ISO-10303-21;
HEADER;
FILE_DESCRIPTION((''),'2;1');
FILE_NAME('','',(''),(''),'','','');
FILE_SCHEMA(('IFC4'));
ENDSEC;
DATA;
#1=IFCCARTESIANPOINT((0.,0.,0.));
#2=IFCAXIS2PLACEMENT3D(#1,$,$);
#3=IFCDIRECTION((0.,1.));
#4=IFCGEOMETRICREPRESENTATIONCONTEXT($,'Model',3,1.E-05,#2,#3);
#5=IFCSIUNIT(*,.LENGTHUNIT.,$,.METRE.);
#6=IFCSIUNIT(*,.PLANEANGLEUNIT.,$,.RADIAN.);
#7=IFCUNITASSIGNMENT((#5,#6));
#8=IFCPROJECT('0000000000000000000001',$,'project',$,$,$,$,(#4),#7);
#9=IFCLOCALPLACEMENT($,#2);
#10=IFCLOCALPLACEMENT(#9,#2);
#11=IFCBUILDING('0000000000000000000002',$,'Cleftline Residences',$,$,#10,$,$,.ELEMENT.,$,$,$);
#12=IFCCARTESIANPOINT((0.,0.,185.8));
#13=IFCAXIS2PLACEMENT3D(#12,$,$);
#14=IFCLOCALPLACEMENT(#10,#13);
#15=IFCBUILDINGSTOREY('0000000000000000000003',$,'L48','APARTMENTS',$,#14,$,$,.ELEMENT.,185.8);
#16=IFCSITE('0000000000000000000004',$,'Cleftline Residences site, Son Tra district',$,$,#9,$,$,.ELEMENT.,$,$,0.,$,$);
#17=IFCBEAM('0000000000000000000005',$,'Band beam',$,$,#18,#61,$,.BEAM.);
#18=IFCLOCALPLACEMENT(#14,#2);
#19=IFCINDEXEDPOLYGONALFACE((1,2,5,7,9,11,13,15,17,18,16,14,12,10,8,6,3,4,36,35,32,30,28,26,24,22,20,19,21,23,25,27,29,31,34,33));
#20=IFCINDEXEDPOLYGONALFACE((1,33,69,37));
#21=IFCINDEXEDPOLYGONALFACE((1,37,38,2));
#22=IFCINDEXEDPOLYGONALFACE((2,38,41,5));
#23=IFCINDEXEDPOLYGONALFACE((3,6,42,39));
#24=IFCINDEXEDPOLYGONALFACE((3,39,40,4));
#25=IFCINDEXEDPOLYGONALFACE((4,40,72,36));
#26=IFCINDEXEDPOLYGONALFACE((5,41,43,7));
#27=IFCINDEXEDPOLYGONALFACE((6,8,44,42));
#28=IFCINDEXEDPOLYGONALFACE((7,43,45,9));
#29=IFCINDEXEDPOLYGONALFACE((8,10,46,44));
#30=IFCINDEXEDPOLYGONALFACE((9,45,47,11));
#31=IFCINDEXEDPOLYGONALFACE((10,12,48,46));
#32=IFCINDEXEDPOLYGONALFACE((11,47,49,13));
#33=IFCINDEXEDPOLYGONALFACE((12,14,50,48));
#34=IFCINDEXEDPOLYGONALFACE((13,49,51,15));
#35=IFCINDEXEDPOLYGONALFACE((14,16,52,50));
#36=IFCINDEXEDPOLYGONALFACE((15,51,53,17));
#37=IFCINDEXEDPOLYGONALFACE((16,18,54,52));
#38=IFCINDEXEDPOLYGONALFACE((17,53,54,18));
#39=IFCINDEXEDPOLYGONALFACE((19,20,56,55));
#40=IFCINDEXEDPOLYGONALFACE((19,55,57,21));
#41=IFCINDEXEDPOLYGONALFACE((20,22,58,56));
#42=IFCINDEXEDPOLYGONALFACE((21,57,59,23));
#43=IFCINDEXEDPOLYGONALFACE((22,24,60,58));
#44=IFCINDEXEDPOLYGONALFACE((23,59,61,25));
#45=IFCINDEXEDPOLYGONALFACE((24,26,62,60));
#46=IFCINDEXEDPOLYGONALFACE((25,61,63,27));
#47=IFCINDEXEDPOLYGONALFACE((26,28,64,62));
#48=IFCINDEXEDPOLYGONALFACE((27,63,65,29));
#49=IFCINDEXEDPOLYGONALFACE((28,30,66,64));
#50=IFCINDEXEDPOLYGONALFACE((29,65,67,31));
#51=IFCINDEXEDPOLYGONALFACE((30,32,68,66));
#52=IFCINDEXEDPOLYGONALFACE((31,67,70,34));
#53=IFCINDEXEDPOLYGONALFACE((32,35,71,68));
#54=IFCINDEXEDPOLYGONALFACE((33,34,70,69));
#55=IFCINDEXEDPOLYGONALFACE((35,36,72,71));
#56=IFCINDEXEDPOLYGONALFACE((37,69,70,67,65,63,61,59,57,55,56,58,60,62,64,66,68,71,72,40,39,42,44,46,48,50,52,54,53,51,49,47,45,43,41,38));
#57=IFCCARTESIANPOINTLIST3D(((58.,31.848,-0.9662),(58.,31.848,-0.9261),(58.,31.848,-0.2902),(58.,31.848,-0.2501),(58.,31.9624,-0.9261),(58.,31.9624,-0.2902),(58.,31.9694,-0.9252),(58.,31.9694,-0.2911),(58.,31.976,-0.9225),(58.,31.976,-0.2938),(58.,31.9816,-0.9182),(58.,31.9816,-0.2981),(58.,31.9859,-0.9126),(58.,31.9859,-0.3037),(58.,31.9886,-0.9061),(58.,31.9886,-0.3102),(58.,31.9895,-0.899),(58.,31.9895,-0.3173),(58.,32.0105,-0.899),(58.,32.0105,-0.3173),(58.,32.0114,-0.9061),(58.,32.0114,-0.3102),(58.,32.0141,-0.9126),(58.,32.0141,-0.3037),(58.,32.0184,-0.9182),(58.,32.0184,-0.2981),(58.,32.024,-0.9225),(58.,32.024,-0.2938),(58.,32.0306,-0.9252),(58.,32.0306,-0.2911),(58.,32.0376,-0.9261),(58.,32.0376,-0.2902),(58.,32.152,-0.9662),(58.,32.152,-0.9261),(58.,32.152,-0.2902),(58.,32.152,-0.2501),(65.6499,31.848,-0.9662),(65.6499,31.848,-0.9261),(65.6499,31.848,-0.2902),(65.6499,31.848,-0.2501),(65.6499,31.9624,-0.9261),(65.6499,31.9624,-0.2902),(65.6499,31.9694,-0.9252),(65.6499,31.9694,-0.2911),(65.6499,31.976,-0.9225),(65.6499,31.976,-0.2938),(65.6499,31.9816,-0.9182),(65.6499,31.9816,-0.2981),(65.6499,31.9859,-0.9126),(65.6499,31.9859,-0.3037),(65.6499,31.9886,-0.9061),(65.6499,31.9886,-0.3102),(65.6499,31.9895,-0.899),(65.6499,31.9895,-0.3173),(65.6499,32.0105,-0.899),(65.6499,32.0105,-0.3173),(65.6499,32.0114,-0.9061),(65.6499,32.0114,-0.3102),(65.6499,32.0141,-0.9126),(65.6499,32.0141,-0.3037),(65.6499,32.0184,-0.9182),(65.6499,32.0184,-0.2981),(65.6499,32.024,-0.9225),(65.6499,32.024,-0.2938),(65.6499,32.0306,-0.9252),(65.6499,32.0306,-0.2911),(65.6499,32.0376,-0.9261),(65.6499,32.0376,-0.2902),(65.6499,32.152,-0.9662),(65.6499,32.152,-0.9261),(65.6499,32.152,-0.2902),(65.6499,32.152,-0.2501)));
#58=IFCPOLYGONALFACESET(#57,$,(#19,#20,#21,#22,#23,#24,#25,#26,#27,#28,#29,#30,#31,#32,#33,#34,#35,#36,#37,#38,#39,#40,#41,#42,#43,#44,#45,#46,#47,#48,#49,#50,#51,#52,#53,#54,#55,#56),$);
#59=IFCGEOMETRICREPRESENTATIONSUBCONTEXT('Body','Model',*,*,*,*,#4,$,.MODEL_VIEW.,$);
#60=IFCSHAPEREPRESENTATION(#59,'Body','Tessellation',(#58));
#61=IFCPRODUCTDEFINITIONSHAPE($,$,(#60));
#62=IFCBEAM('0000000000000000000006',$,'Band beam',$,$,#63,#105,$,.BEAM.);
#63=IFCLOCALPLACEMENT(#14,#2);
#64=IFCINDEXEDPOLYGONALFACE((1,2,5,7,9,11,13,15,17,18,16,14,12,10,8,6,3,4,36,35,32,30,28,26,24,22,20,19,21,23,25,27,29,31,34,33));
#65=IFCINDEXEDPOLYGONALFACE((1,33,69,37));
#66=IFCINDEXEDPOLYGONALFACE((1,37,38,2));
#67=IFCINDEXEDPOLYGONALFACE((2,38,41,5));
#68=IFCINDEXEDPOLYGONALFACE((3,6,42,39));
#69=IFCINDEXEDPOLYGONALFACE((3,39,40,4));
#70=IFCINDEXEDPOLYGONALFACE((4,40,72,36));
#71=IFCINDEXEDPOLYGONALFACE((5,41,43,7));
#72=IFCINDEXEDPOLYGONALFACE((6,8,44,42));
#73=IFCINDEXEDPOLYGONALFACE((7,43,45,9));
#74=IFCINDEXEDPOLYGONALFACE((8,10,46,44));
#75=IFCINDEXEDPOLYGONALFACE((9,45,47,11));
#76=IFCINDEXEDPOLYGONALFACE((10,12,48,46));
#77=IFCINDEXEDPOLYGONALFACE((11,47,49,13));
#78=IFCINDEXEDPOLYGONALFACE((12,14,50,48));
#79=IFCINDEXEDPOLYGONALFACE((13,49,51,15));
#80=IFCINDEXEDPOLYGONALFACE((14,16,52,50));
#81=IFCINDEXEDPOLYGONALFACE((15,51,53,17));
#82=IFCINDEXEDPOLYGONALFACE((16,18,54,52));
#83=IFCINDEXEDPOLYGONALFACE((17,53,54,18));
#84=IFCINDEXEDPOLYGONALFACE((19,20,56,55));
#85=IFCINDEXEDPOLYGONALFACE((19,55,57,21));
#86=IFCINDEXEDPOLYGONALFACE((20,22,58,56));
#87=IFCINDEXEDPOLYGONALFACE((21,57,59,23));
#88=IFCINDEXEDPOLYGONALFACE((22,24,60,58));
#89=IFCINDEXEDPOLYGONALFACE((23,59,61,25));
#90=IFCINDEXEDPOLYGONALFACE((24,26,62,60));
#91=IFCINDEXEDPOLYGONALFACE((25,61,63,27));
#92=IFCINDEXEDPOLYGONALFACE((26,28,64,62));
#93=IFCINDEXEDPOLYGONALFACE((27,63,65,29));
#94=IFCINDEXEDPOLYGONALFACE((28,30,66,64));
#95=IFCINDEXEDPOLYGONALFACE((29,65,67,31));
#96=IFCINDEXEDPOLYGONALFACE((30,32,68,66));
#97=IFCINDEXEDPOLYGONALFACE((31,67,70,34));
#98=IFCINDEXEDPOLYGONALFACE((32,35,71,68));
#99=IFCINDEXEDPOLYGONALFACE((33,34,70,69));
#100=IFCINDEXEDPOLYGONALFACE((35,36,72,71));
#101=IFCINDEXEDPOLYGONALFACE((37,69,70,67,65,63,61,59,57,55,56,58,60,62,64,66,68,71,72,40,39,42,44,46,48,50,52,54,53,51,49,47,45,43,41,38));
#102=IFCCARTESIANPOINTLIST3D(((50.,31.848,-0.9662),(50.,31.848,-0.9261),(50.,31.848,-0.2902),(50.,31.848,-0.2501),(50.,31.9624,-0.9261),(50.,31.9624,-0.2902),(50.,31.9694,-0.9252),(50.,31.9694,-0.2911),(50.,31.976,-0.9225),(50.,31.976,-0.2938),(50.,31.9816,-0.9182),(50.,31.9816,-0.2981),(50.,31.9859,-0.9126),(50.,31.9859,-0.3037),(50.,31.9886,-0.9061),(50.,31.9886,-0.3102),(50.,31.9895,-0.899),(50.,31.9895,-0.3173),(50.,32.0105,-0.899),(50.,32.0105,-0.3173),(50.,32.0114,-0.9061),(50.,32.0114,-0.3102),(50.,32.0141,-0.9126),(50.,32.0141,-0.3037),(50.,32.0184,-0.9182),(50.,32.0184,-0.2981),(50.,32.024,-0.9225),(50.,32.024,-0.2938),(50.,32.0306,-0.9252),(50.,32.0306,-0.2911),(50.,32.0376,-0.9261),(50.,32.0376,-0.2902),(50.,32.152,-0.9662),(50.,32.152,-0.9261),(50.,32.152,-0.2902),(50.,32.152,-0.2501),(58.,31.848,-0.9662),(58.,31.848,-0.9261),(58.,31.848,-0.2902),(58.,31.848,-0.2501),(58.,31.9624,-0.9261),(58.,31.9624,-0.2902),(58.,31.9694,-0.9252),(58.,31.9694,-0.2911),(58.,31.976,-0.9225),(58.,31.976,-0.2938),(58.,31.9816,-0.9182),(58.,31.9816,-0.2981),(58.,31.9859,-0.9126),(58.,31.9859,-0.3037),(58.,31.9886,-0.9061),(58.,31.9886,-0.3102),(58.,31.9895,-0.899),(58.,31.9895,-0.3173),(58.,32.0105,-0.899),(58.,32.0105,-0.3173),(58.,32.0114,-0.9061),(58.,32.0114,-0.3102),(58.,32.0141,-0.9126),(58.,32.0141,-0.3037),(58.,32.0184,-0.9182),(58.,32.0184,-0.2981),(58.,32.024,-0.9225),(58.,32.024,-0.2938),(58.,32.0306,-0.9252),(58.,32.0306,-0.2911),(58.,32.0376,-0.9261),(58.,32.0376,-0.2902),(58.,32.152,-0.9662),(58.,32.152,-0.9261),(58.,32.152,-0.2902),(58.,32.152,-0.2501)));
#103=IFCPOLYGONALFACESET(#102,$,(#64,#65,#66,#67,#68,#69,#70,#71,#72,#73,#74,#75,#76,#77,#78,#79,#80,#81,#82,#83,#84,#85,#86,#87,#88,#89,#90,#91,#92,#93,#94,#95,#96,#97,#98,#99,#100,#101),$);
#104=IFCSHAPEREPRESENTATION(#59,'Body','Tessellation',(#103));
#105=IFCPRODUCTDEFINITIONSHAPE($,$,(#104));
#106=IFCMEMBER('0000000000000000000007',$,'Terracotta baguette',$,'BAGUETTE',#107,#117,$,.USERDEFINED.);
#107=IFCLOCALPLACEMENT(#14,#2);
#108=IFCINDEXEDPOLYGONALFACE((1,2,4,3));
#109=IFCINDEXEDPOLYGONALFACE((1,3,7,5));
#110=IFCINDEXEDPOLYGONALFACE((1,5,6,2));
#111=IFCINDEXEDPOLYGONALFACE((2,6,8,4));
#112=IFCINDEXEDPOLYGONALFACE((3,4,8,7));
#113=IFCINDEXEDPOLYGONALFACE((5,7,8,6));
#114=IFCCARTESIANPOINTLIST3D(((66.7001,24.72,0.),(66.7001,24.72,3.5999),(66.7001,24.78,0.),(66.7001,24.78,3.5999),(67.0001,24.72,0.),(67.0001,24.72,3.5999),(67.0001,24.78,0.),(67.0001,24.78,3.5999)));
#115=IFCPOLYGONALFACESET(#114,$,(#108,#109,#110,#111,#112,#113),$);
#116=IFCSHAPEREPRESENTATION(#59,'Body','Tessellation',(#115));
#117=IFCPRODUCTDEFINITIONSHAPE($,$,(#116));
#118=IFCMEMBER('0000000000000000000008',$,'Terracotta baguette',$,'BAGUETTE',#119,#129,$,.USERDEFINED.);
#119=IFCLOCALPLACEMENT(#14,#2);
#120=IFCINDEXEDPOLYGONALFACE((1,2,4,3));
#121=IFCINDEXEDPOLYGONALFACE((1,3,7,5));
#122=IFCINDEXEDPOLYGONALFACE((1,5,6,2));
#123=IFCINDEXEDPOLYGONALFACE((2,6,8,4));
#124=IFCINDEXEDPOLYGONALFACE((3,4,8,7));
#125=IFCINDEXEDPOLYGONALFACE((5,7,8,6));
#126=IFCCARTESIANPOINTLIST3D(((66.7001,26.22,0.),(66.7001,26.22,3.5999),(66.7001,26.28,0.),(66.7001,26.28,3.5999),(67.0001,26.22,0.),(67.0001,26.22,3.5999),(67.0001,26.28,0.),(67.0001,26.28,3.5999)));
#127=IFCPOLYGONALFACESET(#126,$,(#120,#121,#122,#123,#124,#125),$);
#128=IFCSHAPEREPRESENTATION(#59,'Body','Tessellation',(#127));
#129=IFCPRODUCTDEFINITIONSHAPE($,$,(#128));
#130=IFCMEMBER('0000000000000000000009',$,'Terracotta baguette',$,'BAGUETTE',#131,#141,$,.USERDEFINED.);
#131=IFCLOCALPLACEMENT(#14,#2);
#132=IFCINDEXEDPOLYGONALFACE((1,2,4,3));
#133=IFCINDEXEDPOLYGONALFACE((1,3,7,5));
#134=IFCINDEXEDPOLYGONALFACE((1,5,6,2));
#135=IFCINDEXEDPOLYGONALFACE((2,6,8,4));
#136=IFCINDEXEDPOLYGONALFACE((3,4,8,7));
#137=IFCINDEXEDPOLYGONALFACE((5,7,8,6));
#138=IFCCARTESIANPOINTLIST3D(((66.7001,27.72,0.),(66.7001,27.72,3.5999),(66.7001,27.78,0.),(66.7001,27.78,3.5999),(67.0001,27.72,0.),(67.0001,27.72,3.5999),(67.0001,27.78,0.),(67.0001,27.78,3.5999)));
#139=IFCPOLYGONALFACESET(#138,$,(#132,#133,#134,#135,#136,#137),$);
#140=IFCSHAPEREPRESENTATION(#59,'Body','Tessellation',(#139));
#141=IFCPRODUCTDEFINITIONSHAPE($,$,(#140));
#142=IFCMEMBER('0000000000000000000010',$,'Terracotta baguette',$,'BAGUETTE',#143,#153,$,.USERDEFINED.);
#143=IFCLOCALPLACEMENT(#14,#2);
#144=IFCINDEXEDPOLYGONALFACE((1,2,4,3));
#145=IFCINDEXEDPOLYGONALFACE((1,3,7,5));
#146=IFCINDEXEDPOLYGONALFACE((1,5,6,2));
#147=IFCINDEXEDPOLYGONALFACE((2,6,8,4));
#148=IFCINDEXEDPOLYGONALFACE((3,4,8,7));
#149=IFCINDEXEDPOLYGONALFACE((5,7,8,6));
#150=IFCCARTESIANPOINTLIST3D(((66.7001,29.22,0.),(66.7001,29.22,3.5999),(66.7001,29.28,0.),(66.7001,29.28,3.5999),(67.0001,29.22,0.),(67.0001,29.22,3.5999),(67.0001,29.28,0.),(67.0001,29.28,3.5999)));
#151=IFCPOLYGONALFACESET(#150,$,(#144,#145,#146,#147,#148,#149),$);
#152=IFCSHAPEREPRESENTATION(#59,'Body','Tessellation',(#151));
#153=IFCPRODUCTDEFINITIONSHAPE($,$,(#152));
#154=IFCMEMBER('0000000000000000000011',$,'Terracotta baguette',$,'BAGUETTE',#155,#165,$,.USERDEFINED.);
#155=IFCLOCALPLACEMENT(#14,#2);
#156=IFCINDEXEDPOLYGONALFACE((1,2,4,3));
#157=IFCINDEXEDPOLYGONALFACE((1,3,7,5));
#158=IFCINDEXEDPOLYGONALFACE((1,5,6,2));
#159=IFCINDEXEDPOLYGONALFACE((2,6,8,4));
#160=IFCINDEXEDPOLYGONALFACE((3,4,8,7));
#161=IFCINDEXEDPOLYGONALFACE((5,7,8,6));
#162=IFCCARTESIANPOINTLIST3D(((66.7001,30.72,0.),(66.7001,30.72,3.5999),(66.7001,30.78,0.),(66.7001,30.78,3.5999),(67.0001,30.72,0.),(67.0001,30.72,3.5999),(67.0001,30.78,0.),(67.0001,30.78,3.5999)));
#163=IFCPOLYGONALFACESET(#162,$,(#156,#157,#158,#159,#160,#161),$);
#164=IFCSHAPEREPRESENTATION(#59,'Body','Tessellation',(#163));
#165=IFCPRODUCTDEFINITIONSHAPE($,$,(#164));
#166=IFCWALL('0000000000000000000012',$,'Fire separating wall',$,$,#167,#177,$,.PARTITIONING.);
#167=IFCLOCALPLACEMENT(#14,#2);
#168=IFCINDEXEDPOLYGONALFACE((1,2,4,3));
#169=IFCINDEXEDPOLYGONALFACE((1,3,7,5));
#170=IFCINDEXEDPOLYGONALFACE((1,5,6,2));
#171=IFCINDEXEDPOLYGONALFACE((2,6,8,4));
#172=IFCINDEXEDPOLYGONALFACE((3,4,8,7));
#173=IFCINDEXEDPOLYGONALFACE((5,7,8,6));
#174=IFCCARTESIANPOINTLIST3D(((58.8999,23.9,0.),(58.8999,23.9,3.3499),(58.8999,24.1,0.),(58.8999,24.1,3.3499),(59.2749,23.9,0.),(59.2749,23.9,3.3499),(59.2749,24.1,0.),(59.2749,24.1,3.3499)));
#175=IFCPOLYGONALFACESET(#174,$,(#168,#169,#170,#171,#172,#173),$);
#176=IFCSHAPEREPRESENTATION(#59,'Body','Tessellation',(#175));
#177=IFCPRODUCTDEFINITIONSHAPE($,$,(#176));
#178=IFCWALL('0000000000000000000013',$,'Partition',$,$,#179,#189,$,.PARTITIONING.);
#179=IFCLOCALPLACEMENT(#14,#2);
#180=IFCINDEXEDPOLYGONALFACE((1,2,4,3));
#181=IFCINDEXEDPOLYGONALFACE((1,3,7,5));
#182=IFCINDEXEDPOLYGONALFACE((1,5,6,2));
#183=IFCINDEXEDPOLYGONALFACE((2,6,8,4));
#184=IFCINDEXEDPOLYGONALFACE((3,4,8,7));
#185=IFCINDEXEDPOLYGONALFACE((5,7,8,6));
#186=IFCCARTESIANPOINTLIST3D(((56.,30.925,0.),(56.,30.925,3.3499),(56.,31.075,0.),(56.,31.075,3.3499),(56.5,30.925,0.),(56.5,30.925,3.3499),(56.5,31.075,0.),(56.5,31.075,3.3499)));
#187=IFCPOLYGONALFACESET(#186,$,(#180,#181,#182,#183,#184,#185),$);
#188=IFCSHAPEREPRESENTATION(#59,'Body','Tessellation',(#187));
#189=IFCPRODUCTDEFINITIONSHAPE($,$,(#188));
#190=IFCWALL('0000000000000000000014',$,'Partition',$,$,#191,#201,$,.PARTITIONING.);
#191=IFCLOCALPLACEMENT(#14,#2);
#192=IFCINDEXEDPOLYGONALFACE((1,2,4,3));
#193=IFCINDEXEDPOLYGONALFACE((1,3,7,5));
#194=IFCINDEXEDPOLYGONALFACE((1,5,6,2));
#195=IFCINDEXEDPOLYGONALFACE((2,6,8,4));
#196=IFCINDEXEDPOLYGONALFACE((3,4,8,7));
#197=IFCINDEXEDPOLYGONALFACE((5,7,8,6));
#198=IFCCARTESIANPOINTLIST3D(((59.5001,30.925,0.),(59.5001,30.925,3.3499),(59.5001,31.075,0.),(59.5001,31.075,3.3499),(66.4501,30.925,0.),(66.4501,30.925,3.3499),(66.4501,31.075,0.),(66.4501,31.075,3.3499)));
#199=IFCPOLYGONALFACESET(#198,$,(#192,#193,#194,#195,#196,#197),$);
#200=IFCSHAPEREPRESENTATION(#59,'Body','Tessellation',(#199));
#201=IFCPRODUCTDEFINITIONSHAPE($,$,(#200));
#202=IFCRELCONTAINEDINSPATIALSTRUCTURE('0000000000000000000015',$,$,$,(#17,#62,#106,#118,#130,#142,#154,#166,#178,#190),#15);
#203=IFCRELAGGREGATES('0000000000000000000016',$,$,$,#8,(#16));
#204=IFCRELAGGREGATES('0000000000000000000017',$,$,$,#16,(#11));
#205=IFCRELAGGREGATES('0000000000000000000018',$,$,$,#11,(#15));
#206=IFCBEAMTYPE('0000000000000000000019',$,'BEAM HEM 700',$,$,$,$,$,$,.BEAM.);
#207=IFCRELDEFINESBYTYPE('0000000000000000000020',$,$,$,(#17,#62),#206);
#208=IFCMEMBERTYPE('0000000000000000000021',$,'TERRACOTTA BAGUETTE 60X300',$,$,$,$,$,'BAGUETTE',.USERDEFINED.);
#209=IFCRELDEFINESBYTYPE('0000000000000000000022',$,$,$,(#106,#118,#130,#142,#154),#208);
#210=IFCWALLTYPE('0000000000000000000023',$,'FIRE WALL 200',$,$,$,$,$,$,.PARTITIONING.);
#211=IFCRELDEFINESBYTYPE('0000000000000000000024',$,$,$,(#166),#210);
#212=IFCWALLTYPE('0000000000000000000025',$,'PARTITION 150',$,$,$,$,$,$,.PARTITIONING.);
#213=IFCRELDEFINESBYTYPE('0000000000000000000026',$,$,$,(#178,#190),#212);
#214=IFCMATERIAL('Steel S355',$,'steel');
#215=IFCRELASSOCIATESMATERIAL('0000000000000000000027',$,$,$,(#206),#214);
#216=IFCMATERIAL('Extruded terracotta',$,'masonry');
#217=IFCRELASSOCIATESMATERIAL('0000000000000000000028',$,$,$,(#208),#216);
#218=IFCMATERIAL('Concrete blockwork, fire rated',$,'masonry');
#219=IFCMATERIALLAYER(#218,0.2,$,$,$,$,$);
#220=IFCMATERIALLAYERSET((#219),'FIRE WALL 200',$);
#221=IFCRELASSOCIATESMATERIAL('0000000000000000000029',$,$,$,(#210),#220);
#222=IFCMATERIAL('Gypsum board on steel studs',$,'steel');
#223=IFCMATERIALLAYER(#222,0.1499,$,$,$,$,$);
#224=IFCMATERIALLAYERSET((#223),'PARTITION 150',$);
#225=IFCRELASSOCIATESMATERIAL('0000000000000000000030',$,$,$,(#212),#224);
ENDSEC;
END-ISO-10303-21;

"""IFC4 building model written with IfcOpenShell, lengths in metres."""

from ifc_helpers import new_model, si_unit, direction, frame, frame_2d, origin, origin_2d, place, context, subcontext, project, spatial, rectangle, i_section, extrude, material, layer, layer_set, material_profile, profile_set, type_object, element, save


model = new_model("IFC4")

# Units and contexts
model_context = context("Model", 3, precision=1e-05, world=origin(), true_north=direction((0.0, 1.0)))
body_context = subcontext(model_context, "Body", "Model", "MODEL_VIEW")
ifc_project = project(units=[si_unit("LENGTHUNIT", "METRE"), si_unit("PLANEANGLEUNIT", "RADIAN")], contexts=[model_context])

# Site, building, storey
site_placement = place(None, origin())
site = spatial("IfcSite", under=ifc_project, at=site_placement, Name="Cleftline Residences site, Son Tra district", CompositionType="ELEMENT", RefElevation=0.0)
building_placement = place(site_placement, origin())
building = spatial("IfcBuilding", under=site, at=building_placement, Name="Cleftline Residences", CompositionType="ELEMENT")
storey_placement = place(building_placement, frame((0.0, 0.0, 185.8)))
storey = spatial("IfcBuildingStorey", under=building, at=storey_placement, Name="L48", Description="APARTMENTS", CompositionType="ELEMENT", Elevation=185.8)

# Beams
ifc_material_1 = material(Name="Steel S355", Category="steel")
ifc_material_profile_1 = material_profile(ifc_material_1, i_section(OverallWidth=0.304, OverallDepth=0.7161, WebThickness=0.021, FlangeThickness=0.04, FilletRadius=0.0271, at=origin_2d()))
ifc_profile_set_1 = profile_set([ifc_material_profile_1], Name="Steel S355")
beam_type_1 = type_object("IfcBeamType", Name="BEAM HEM 700", PredefinedType="BEAM", material=ifc_profile_set_1)
beam_1_placement = place(storey_placement, frame((65.6499, 32.0, -0.6082), z_axis=(-1.0, 0.0, 0.0), x_axis=(0.0, -1.0, 0.0)))
element("IfcBeam", 1, at=beam_1_placement, inside=storey, type_object=beam_type_1, Name="Band beam", PredefinedType="BEAM", context=body_context, shape_type="SweptSolid", body=[
    extrude(i_section(OverallWidth=0.304, OverallDepth=0.7161, WebThickness=0.021, FlangeThickness=0.04, FilletRadius=0.0271, at=origin_2d()), origin(), (0.0, 0.0, 1.0), 7.6499),
])
beam_2_placement = place(storey_placement, frame((58.0, 32.0, -0.6082), z_axis=(-1.0, 0.0, 0.0), x_axis=(0.0, -1.0, 0.0)))
element("IfcBeam", 2, at=beam_2_placement, inside=storey, type_object=beam_type_1, Name="Band beam", PredefinedType="BEAM", context=body_context, shape_type="SweptSolid", body=[
    extrude(i_section(OverallWidth=0.304, OverallDepth=0.7161, WebThickness=0.021, FlangeThickness=0.04, FilletRadius=0.0271, at=origin_2d()), origin(), (0.0, 0.0, 1.0), 8.0),
])

# Members
ifc_material_2 = material(Name="Extruded terracotta", Category="masonry")
ifc_material_profile_2 = material_profile(ifc_material_2, rectangle(XDim=0.0601, YDim=0.3, at=origin_2d()))
ifc_profile_set_2 = profile_set([ifc_material_profile_2], Name="Extruded terracotta")
member_type_1 = type_object("IfcMemberType", Name="TERRACOTTA BAGUETTE 60X300", ElementType="BAGUETTE", PredefinedType="USERDEFINED", material=ifc_profile_set_2)
for number, where, z_axis, x_axis, name in (
    (3, (66.8501, 24.75, 0.0), (0.0, 0.0, 1.0), (0.0, 1.0, 0.0), "Terracotta baguette"),
    (4, (66.8501, 26.25, 0.0), (0.0, 0.0, 1.0), (0.0, 1.0, 0.0), "Terracotta baguette"),
    (5, (66.8501, 27.75, 0.0), (0.0, 0.0, 1.0), (0.0, 1.0, 0.0), "Terracotta baguette"),
    (6, (66.8501, 29.25, 0.0), (0.0, 0.0, 1.0), (0.0, 1.0, 0.0), "Terracotta baguette"),
    (7, (66.8501, 30.75, 0.0), (0.0, 0.0, 1.0), (0.0, 1.0, 0.0), "Terracotta baguette"),
):
    element("IfcMember", number, at=place(storey_placement, frame(where, z_axis=z_axis, x_axis=x_axis)), inside=storey, type_object=member_type_1, Name=name, ObjectType="BAGUETTE", PredefinedType="USERDEFINED", context=body_context, shape_type="SweptSolid", body=[
        extrude(rectangle(XDim=0.0601, YDim=0.3, at=origin_2d()), origin(), (0.0, 0.0, 1.0), 3.5999),
    ])

# Walls
ifc_material_3 = material(Name="Concrete blockwork, fire rated", Category="masonry")
ifc_layer_1 = layer(ifc_material_3, 0.2)
ifc_layer_set_1 = layer_set([ifc_layer_1], Name="FIRE WALL 200")
wall_type_1 = type_object("IfcWallType", Name="FIRE WALL 200", PredefinedType="PARTITIONING", material=ifc_layer_set_1)
wall_1_placement = place(storey_placement, frame((58.8999, 24.0, 0.0), z_axis=(0.0, 0.0, 1.0), x_axis=(1.0, 0.0, 0.0)))
element("IfcWall", 8, at=wall_1_placement, inside=storey, type_object=wall_type_1, Name="Fire separating wall", PredefinedType="PARTITIONING", context=body_context, shape_type="SweptSolid", body=[
    extrude(rectangle(XDim=0.375, YDim=0.2, at=frame_2d((0.1875, 0.0))), origin(), (0.0, 0.0, 1.0), 3.3499),
])
ifc_material_4 = material(Name="Gypsum board on steel studs", Category="steel")
ifc_layer_2 = layer(ifc_material_4, 0.1499)
ifc_layer_set_2 = layer_set([ifc_layer_2], Name="PARTITION 150")
wall_type_2 = type_object("IfcWallType", Name="PARTITION 150", PredefinedType="PARTITIONING", material=ifc_layer_set_2)
wall_2_placement = place(storey_placement, frame((56.0, 31.0, 0.0), z_axis=(0.0, 0.0, 1.0), x_axis=(1.0, 0.0, 0.0)))
element("IfcWall", 9, at=wall_2_placement, inside=storey, type_object=wall_type_2, Name="Partition", PredefinedType="PARTITIONING", context=body_context, shape_type="SweptSolid", body=[
    extrude(rectangle(XDim=0.5, YDim=0.1499, at=frame_2d((0.25, 0.0))), origin(), (0.0, 0.0, 1.0), 3.3499),
])
wall_3_placement = place(storey_placement, frame((59.5, 31.0, 0.0), z_axis=(0.0, 0.0, 1.0), x_axis=(1.0, 0.0, 0.0)))
element("IfcWall", 10, at=wall_3_placement, inside=storey, type_object=wall_type_2, Name="Partition", PredefinedType="PARTITIONING", context=body_context, shape_type="SweptSolid", body=[
    extrude(rectangle(XDim=6.95, YDim=0.1499, at=frame_2d((3.4751, 0.0))), origin(), (0.0, 0.0, 1.0), 3.3499),
])

save(model, "model.ifc")
